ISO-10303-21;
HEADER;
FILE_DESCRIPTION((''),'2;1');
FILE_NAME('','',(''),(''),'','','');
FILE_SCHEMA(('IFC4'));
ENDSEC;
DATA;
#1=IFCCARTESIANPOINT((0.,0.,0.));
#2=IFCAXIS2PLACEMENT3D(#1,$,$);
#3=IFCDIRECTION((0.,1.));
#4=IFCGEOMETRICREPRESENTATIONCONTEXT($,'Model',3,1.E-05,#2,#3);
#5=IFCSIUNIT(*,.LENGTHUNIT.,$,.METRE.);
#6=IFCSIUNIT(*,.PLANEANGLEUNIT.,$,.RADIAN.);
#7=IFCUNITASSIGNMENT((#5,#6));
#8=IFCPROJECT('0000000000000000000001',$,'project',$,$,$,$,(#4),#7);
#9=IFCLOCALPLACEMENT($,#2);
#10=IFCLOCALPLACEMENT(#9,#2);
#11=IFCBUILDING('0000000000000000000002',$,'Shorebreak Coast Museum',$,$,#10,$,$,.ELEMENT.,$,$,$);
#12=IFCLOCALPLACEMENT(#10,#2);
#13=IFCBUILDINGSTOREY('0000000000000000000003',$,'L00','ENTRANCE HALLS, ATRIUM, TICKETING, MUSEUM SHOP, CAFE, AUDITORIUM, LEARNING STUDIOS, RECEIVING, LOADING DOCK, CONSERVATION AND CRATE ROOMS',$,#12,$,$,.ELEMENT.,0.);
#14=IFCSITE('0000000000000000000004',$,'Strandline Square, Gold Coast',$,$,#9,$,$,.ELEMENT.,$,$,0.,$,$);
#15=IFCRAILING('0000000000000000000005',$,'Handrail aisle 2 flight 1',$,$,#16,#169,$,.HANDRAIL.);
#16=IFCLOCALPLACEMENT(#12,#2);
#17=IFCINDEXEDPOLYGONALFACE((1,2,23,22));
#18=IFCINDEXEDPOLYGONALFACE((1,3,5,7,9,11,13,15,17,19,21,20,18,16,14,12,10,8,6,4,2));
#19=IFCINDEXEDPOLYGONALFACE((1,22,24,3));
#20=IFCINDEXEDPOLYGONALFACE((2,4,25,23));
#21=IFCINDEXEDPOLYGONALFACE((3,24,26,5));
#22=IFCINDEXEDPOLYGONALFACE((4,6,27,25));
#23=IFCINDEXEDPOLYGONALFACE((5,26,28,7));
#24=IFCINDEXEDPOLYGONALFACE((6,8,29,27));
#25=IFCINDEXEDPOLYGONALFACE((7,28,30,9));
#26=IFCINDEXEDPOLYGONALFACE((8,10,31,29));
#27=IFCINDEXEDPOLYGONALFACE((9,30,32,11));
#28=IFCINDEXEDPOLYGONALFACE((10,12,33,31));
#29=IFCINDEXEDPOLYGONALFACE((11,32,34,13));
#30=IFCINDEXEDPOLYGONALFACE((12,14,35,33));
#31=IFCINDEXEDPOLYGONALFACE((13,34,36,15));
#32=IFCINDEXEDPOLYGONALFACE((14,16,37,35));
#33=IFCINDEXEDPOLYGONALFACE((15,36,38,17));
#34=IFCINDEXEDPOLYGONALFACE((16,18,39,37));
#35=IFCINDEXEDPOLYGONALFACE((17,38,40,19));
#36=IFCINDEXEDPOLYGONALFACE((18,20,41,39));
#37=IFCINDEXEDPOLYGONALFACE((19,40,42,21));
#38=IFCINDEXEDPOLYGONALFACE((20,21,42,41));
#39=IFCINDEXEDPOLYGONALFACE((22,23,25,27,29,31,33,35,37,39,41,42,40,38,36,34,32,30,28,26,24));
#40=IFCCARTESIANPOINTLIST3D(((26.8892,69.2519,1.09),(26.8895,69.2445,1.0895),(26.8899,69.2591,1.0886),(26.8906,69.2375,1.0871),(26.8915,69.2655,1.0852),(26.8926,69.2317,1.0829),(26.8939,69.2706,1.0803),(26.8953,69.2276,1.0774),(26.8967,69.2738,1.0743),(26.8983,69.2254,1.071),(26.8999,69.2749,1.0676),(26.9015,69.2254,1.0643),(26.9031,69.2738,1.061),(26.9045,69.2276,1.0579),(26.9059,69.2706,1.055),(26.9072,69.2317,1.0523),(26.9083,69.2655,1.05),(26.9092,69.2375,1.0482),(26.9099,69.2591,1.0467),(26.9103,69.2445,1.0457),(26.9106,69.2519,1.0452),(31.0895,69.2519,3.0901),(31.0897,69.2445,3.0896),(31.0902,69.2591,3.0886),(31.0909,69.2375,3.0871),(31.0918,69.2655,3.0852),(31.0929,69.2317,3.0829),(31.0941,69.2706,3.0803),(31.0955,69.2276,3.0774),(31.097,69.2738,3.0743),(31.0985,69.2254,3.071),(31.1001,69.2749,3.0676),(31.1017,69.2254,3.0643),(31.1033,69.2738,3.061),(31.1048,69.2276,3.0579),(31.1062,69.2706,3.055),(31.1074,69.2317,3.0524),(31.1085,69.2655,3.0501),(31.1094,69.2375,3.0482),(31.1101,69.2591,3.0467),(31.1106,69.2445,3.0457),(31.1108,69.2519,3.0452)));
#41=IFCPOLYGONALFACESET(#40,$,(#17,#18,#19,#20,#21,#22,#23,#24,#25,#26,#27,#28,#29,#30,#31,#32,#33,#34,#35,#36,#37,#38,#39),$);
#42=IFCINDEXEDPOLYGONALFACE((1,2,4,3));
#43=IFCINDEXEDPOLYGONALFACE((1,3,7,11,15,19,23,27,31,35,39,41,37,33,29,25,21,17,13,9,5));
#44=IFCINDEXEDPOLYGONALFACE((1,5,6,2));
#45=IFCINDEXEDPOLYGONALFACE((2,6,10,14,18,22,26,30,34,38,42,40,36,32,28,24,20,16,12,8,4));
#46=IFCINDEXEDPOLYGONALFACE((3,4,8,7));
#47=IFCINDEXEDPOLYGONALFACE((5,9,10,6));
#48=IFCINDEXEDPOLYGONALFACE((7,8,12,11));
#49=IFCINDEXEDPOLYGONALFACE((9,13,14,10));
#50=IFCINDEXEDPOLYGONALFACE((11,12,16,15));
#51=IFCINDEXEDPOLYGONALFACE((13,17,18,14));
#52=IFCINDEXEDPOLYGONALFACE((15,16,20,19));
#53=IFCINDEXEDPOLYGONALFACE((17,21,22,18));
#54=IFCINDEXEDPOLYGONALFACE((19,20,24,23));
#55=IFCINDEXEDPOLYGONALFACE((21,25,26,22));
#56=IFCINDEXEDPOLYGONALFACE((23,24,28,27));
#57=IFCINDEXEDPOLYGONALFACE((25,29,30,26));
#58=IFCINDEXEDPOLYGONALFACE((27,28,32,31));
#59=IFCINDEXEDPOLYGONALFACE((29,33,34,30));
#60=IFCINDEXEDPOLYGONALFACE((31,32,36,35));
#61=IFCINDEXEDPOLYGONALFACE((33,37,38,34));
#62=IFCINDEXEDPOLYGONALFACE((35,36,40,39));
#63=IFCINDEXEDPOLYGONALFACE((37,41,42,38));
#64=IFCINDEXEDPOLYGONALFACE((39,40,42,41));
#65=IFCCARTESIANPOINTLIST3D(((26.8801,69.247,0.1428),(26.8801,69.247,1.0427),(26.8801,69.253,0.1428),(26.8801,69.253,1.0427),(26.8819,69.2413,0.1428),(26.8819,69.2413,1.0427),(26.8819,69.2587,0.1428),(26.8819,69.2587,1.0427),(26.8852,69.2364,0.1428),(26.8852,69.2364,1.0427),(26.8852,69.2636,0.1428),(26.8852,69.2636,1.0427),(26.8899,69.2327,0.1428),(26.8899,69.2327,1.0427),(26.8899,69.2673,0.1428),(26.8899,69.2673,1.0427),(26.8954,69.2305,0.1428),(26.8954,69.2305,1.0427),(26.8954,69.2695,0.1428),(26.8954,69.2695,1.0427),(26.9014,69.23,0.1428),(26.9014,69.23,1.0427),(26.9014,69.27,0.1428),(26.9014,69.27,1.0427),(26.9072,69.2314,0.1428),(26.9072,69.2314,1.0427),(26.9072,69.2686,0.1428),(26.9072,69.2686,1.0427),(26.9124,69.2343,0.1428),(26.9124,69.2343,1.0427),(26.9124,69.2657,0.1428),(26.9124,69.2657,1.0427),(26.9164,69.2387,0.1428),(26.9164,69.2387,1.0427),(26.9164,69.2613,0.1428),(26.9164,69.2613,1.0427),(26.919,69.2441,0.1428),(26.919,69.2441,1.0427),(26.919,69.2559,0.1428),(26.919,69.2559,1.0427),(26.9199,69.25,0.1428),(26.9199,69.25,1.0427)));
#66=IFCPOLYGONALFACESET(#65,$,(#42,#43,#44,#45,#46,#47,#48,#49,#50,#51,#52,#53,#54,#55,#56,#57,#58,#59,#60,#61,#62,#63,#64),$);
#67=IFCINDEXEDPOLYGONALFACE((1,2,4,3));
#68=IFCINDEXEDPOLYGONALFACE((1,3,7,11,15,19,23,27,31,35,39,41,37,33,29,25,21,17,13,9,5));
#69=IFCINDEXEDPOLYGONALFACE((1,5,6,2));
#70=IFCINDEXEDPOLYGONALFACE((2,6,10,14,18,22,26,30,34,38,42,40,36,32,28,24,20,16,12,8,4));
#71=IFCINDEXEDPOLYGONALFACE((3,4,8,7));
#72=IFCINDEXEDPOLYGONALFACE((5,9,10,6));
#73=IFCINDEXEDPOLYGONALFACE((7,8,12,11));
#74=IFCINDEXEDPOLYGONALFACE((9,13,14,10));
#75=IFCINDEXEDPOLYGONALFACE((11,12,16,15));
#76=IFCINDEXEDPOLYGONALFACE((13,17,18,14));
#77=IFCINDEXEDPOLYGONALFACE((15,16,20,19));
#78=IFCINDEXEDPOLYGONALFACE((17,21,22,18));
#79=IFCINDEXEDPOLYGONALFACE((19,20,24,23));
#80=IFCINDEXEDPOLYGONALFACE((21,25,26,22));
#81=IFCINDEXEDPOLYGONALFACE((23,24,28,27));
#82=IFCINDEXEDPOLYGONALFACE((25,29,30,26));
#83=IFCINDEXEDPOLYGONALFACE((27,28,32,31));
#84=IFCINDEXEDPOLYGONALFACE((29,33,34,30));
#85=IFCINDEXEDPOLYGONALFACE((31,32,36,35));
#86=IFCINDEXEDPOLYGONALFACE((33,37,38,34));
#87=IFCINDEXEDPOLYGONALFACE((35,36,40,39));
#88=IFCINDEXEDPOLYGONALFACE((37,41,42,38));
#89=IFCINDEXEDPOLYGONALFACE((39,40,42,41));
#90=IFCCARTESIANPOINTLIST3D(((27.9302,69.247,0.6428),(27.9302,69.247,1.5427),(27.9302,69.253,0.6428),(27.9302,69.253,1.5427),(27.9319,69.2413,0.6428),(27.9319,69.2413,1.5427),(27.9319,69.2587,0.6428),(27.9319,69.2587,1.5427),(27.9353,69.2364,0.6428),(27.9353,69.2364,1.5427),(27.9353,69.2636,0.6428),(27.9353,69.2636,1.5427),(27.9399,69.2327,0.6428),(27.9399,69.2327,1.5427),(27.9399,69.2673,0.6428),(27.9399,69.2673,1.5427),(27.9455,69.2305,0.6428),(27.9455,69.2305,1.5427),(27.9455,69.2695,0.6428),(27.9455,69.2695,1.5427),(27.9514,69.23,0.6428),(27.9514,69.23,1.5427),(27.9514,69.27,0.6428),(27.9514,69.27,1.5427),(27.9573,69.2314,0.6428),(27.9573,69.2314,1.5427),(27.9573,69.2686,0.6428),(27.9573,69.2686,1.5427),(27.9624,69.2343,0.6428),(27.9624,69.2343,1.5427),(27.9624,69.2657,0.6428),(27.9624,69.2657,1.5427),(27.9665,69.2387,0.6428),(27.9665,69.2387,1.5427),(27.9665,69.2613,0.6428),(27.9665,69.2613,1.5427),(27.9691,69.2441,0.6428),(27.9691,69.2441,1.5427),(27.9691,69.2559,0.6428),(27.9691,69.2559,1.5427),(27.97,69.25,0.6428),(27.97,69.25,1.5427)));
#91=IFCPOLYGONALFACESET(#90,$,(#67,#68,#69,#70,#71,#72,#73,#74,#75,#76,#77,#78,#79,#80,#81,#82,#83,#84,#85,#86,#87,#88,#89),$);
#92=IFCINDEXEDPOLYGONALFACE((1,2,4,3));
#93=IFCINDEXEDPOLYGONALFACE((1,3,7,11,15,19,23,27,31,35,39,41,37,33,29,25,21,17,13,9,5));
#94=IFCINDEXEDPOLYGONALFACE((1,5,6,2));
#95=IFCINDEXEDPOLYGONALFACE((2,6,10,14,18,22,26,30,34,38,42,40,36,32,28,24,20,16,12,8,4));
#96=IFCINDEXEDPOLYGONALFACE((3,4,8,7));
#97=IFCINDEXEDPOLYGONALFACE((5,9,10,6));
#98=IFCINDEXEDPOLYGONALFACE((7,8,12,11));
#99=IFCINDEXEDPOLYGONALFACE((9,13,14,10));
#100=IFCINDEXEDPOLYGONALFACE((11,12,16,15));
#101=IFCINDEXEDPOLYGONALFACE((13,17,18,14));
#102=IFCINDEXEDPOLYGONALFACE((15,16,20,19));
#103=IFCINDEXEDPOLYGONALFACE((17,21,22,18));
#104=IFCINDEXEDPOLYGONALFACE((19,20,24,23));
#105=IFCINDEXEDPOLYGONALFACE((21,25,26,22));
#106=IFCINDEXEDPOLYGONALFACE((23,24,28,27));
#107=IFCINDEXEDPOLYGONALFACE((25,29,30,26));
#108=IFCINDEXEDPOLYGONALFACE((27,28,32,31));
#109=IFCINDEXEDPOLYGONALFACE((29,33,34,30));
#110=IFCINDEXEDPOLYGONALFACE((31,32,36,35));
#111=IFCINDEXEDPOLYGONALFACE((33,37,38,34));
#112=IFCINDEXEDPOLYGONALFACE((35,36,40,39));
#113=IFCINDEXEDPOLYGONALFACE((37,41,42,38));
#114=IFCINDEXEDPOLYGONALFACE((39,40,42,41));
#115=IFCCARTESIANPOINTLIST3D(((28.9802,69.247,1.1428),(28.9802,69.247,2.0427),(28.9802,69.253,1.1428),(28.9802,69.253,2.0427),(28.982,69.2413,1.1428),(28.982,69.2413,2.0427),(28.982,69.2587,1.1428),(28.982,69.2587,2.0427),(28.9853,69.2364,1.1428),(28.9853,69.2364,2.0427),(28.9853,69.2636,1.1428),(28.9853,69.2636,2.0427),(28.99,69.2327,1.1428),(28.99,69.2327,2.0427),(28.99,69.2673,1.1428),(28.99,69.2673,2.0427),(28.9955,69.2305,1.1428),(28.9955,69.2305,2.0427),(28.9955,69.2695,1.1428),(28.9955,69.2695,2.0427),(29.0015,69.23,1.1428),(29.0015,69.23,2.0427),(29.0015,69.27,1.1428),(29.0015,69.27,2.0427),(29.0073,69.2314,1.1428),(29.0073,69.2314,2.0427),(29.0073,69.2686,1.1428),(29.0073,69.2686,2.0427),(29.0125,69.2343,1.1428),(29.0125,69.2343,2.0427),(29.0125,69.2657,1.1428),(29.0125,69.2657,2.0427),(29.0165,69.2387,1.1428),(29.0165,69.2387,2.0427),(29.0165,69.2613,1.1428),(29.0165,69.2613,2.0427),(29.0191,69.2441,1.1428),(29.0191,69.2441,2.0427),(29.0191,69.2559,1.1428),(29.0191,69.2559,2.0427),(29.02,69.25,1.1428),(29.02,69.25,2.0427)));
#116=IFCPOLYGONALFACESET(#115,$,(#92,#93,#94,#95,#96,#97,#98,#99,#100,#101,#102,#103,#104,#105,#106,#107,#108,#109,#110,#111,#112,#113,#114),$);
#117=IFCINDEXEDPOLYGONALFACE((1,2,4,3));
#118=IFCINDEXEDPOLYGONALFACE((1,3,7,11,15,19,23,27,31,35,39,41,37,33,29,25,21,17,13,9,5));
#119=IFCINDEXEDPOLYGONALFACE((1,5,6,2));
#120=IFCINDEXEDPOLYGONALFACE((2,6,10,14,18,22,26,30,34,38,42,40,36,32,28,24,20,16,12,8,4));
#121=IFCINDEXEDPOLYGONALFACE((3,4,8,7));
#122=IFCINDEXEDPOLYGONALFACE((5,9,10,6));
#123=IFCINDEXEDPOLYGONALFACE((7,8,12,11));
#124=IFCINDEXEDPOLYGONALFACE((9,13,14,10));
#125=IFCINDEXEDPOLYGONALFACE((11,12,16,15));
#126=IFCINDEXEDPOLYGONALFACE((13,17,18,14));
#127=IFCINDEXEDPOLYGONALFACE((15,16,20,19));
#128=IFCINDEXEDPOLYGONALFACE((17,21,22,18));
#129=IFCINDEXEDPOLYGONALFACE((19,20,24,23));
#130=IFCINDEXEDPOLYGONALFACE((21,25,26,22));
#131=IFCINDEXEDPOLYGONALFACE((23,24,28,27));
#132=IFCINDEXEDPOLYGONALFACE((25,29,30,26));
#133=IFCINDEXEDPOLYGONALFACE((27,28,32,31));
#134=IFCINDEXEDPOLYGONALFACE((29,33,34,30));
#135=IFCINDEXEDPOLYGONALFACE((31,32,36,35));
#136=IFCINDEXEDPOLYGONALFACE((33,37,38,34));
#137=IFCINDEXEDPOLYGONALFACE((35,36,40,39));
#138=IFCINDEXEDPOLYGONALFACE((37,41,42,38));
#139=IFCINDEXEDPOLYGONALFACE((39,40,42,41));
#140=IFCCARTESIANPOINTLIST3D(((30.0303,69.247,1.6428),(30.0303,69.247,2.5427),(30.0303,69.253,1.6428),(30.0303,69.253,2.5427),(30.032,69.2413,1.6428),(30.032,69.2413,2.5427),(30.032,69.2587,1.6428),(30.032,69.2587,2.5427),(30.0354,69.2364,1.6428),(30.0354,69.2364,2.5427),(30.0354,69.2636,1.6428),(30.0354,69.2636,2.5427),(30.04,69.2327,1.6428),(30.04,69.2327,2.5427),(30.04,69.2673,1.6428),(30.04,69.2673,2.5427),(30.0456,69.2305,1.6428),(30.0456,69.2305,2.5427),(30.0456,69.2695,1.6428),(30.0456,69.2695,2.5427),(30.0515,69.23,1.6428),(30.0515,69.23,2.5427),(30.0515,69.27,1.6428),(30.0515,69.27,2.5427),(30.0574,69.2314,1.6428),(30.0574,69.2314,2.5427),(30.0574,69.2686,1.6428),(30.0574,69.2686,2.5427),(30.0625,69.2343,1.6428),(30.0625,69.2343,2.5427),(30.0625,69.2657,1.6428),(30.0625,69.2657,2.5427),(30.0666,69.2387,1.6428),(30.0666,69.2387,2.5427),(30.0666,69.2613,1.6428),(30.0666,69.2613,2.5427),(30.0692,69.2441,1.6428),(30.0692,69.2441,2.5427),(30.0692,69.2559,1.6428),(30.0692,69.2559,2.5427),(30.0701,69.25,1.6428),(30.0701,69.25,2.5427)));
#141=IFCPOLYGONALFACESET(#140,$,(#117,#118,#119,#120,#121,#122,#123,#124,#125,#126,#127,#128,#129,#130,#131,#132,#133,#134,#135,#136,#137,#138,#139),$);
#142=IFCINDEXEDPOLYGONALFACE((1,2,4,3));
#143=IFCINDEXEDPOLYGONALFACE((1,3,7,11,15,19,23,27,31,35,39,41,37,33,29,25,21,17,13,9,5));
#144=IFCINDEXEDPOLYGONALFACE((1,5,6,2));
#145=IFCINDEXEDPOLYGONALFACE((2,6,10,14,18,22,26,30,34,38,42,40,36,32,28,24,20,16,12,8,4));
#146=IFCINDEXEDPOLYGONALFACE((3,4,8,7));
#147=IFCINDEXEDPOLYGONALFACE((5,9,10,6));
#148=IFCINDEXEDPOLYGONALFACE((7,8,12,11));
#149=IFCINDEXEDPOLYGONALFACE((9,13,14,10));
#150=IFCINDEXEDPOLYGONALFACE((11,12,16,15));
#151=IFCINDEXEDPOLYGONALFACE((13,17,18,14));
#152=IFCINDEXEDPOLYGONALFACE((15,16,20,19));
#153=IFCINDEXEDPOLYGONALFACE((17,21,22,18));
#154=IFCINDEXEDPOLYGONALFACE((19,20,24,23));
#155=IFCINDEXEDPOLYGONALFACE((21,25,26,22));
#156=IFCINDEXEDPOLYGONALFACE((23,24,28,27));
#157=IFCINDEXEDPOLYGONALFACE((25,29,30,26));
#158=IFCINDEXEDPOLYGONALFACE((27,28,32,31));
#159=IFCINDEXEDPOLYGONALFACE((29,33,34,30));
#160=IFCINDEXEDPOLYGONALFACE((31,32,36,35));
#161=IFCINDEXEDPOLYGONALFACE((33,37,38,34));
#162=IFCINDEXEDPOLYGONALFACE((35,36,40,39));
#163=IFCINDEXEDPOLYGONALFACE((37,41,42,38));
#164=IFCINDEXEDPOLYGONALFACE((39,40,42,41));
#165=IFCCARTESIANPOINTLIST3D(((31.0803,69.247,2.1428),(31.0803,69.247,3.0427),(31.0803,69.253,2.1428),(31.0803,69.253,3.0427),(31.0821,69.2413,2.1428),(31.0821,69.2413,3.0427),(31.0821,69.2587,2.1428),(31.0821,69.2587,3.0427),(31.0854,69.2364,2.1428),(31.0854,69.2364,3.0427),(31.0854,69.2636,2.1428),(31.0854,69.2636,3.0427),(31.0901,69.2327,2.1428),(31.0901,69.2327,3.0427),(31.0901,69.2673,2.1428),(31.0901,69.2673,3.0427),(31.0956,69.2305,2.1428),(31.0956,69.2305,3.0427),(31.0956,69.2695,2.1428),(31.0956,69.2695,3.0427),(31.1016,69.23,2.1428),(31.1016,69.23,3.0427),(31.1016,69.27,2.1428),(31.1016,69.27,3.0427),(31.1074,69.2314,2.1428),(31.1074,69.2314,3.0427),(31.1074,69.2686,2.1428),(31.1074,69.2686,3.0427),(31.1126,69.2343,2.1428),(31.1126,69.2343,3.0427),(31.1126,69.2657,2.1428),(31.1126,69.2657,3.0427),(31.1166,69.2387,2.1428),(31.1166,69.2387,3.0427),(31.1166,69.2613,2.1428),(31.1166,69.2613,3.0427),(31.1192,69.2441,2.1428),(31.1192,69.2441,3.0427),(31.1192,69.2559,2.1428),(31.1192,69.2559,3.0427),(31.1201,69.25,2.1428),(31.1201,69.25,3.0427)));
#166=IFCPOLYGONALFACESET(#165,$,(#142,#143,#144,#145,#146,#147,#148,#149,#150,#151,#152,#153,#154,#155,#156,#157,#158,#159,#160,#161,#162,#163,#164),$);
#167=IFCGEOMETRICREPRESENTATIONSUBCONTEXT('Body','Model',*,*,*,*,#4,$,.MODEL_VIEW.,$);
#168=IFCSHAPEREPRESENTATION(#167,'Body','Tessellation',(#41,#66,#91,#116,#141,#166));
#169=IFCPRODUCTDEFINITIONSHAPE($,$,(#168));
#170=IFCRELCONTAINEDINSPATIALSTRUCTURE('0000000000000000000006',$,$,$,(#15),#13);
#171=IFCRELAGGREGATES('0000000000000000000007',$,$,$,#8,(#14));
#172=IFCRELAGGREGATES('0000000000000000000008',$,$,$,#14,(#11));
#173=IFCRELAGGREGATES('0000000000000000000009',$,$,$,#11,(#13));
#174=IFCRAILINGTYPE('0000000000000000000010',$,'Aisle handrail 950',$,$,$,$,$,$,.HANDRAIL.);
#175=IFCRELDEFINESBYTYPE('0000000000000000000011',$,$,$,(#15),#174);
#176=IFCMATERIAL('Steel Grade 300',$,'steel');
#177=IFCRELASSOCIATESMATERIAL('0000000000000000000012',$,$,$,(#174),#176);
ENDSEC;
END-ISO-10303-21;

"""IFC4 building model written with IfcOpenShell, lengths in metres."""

from ifc_helpers import new_model, si_unit, direction, frame, origin, origin_2d, place, context, subcontext, project, spatial, circle, extrude, material, type_object, element, save


model = new_model("IFC4")

# Units and contexts
model_context = context("Model", 3, precision=1e-05, world=origin(), true_north=direction((0.0, 1.0)))
body_context = subcontext(model_context, "Body", "Model", "MODEL_VIEW")
ifc_project = project(units=[si_unit("LENGTHUNIT", "METRE"), si_unit("PLANEANGLEUNIT", "RADIAN")], contexts=[model_context])

# Site, building, storey
site_placement = place(None, origin())
site = spatial("IfcSite", under=ifc_project, at=site_placement, Name="Strandline Square, Gold Coast", CompositionType="ELEMENT", RefElevation=0.0)
building_placement = place(site_placement, origin())
building = spatial("IfcBuilding", under=site, at=building_placement, Name="Shorebreak Coast Museum", CompositionType="ELEMENT")
storey_placement = place(building_placement, origin())
storey = spatial("IfcBuildingStorey", under=building, at=storey_placement, Name="L00", Description="ENTRANCE HALLS, ATRIUM, TICKETING, MUSEUM SHOP, CAFE, AUDITORIUM, LEARNING STUDIOS, RECEIVING, LOADING DOCK, CONSERVATION AND CRATE ROOMS", CompositionType="ELEMENT", Elevation=0.0)

# Railing
ifc_material_1 = material(Name="Steel Grade 300", Category="steel")
railing_type = type_object("IfcRailingType", Name="Aisle handrail 950", PredefinedType="HANDRAIL", material=ifc_material_1)
for number, where, name in (
    (1, (26.8999, 69.25, 0.1428), "Handrail aisle 2 flight 1"),
):
    element("IfcRailing", number, at=place(storey_placement, frame(where)), inside=storey, type_object=railing_type, Name=name, PredefinedType="HANDRAIL", context=body_context, shape_type="SweptSolid", body=[
        extrude(circle(Radius=0.0249, at=origin_2d()), frame((0.0, 0.0, 0.9248), z_axis=(0.902868, 0.0, 0.429917), x_axis=(0.0, 1.0, 0.0)), (0.0, 0.0, 1.0), 4.6521),
        extrude(circle(Radius=0.02, at=origin_2d()), origin(), (0.0, 0.0, 1.0), 0.8999),
        extrude(circle(Radius=0.02, at=origin_2d()), frame((1.05, 0.0, 0.5)), (0.0, 0.0, 1.0), 0.8999),
        extrude(circle(Radius=0.02, at=origin_2d()), frame((2.1001, 0.0, 1.0)), (0.0, 0.0, 1.0), 0.8999),
        extrude(circle(Radius=0.02, at=origin_2d()), frame((3.1501, 0.0, 1.5)), (0.0, 0.0, 1.0), 0.8999),
        extrude(circle(Radius=0.02, at=origin_2d()), frame((4.2002, 0.0, 2.0)), (0.0, 0.0, 1.0), 0.8999),
    ])

save(model, "model.ifc")
